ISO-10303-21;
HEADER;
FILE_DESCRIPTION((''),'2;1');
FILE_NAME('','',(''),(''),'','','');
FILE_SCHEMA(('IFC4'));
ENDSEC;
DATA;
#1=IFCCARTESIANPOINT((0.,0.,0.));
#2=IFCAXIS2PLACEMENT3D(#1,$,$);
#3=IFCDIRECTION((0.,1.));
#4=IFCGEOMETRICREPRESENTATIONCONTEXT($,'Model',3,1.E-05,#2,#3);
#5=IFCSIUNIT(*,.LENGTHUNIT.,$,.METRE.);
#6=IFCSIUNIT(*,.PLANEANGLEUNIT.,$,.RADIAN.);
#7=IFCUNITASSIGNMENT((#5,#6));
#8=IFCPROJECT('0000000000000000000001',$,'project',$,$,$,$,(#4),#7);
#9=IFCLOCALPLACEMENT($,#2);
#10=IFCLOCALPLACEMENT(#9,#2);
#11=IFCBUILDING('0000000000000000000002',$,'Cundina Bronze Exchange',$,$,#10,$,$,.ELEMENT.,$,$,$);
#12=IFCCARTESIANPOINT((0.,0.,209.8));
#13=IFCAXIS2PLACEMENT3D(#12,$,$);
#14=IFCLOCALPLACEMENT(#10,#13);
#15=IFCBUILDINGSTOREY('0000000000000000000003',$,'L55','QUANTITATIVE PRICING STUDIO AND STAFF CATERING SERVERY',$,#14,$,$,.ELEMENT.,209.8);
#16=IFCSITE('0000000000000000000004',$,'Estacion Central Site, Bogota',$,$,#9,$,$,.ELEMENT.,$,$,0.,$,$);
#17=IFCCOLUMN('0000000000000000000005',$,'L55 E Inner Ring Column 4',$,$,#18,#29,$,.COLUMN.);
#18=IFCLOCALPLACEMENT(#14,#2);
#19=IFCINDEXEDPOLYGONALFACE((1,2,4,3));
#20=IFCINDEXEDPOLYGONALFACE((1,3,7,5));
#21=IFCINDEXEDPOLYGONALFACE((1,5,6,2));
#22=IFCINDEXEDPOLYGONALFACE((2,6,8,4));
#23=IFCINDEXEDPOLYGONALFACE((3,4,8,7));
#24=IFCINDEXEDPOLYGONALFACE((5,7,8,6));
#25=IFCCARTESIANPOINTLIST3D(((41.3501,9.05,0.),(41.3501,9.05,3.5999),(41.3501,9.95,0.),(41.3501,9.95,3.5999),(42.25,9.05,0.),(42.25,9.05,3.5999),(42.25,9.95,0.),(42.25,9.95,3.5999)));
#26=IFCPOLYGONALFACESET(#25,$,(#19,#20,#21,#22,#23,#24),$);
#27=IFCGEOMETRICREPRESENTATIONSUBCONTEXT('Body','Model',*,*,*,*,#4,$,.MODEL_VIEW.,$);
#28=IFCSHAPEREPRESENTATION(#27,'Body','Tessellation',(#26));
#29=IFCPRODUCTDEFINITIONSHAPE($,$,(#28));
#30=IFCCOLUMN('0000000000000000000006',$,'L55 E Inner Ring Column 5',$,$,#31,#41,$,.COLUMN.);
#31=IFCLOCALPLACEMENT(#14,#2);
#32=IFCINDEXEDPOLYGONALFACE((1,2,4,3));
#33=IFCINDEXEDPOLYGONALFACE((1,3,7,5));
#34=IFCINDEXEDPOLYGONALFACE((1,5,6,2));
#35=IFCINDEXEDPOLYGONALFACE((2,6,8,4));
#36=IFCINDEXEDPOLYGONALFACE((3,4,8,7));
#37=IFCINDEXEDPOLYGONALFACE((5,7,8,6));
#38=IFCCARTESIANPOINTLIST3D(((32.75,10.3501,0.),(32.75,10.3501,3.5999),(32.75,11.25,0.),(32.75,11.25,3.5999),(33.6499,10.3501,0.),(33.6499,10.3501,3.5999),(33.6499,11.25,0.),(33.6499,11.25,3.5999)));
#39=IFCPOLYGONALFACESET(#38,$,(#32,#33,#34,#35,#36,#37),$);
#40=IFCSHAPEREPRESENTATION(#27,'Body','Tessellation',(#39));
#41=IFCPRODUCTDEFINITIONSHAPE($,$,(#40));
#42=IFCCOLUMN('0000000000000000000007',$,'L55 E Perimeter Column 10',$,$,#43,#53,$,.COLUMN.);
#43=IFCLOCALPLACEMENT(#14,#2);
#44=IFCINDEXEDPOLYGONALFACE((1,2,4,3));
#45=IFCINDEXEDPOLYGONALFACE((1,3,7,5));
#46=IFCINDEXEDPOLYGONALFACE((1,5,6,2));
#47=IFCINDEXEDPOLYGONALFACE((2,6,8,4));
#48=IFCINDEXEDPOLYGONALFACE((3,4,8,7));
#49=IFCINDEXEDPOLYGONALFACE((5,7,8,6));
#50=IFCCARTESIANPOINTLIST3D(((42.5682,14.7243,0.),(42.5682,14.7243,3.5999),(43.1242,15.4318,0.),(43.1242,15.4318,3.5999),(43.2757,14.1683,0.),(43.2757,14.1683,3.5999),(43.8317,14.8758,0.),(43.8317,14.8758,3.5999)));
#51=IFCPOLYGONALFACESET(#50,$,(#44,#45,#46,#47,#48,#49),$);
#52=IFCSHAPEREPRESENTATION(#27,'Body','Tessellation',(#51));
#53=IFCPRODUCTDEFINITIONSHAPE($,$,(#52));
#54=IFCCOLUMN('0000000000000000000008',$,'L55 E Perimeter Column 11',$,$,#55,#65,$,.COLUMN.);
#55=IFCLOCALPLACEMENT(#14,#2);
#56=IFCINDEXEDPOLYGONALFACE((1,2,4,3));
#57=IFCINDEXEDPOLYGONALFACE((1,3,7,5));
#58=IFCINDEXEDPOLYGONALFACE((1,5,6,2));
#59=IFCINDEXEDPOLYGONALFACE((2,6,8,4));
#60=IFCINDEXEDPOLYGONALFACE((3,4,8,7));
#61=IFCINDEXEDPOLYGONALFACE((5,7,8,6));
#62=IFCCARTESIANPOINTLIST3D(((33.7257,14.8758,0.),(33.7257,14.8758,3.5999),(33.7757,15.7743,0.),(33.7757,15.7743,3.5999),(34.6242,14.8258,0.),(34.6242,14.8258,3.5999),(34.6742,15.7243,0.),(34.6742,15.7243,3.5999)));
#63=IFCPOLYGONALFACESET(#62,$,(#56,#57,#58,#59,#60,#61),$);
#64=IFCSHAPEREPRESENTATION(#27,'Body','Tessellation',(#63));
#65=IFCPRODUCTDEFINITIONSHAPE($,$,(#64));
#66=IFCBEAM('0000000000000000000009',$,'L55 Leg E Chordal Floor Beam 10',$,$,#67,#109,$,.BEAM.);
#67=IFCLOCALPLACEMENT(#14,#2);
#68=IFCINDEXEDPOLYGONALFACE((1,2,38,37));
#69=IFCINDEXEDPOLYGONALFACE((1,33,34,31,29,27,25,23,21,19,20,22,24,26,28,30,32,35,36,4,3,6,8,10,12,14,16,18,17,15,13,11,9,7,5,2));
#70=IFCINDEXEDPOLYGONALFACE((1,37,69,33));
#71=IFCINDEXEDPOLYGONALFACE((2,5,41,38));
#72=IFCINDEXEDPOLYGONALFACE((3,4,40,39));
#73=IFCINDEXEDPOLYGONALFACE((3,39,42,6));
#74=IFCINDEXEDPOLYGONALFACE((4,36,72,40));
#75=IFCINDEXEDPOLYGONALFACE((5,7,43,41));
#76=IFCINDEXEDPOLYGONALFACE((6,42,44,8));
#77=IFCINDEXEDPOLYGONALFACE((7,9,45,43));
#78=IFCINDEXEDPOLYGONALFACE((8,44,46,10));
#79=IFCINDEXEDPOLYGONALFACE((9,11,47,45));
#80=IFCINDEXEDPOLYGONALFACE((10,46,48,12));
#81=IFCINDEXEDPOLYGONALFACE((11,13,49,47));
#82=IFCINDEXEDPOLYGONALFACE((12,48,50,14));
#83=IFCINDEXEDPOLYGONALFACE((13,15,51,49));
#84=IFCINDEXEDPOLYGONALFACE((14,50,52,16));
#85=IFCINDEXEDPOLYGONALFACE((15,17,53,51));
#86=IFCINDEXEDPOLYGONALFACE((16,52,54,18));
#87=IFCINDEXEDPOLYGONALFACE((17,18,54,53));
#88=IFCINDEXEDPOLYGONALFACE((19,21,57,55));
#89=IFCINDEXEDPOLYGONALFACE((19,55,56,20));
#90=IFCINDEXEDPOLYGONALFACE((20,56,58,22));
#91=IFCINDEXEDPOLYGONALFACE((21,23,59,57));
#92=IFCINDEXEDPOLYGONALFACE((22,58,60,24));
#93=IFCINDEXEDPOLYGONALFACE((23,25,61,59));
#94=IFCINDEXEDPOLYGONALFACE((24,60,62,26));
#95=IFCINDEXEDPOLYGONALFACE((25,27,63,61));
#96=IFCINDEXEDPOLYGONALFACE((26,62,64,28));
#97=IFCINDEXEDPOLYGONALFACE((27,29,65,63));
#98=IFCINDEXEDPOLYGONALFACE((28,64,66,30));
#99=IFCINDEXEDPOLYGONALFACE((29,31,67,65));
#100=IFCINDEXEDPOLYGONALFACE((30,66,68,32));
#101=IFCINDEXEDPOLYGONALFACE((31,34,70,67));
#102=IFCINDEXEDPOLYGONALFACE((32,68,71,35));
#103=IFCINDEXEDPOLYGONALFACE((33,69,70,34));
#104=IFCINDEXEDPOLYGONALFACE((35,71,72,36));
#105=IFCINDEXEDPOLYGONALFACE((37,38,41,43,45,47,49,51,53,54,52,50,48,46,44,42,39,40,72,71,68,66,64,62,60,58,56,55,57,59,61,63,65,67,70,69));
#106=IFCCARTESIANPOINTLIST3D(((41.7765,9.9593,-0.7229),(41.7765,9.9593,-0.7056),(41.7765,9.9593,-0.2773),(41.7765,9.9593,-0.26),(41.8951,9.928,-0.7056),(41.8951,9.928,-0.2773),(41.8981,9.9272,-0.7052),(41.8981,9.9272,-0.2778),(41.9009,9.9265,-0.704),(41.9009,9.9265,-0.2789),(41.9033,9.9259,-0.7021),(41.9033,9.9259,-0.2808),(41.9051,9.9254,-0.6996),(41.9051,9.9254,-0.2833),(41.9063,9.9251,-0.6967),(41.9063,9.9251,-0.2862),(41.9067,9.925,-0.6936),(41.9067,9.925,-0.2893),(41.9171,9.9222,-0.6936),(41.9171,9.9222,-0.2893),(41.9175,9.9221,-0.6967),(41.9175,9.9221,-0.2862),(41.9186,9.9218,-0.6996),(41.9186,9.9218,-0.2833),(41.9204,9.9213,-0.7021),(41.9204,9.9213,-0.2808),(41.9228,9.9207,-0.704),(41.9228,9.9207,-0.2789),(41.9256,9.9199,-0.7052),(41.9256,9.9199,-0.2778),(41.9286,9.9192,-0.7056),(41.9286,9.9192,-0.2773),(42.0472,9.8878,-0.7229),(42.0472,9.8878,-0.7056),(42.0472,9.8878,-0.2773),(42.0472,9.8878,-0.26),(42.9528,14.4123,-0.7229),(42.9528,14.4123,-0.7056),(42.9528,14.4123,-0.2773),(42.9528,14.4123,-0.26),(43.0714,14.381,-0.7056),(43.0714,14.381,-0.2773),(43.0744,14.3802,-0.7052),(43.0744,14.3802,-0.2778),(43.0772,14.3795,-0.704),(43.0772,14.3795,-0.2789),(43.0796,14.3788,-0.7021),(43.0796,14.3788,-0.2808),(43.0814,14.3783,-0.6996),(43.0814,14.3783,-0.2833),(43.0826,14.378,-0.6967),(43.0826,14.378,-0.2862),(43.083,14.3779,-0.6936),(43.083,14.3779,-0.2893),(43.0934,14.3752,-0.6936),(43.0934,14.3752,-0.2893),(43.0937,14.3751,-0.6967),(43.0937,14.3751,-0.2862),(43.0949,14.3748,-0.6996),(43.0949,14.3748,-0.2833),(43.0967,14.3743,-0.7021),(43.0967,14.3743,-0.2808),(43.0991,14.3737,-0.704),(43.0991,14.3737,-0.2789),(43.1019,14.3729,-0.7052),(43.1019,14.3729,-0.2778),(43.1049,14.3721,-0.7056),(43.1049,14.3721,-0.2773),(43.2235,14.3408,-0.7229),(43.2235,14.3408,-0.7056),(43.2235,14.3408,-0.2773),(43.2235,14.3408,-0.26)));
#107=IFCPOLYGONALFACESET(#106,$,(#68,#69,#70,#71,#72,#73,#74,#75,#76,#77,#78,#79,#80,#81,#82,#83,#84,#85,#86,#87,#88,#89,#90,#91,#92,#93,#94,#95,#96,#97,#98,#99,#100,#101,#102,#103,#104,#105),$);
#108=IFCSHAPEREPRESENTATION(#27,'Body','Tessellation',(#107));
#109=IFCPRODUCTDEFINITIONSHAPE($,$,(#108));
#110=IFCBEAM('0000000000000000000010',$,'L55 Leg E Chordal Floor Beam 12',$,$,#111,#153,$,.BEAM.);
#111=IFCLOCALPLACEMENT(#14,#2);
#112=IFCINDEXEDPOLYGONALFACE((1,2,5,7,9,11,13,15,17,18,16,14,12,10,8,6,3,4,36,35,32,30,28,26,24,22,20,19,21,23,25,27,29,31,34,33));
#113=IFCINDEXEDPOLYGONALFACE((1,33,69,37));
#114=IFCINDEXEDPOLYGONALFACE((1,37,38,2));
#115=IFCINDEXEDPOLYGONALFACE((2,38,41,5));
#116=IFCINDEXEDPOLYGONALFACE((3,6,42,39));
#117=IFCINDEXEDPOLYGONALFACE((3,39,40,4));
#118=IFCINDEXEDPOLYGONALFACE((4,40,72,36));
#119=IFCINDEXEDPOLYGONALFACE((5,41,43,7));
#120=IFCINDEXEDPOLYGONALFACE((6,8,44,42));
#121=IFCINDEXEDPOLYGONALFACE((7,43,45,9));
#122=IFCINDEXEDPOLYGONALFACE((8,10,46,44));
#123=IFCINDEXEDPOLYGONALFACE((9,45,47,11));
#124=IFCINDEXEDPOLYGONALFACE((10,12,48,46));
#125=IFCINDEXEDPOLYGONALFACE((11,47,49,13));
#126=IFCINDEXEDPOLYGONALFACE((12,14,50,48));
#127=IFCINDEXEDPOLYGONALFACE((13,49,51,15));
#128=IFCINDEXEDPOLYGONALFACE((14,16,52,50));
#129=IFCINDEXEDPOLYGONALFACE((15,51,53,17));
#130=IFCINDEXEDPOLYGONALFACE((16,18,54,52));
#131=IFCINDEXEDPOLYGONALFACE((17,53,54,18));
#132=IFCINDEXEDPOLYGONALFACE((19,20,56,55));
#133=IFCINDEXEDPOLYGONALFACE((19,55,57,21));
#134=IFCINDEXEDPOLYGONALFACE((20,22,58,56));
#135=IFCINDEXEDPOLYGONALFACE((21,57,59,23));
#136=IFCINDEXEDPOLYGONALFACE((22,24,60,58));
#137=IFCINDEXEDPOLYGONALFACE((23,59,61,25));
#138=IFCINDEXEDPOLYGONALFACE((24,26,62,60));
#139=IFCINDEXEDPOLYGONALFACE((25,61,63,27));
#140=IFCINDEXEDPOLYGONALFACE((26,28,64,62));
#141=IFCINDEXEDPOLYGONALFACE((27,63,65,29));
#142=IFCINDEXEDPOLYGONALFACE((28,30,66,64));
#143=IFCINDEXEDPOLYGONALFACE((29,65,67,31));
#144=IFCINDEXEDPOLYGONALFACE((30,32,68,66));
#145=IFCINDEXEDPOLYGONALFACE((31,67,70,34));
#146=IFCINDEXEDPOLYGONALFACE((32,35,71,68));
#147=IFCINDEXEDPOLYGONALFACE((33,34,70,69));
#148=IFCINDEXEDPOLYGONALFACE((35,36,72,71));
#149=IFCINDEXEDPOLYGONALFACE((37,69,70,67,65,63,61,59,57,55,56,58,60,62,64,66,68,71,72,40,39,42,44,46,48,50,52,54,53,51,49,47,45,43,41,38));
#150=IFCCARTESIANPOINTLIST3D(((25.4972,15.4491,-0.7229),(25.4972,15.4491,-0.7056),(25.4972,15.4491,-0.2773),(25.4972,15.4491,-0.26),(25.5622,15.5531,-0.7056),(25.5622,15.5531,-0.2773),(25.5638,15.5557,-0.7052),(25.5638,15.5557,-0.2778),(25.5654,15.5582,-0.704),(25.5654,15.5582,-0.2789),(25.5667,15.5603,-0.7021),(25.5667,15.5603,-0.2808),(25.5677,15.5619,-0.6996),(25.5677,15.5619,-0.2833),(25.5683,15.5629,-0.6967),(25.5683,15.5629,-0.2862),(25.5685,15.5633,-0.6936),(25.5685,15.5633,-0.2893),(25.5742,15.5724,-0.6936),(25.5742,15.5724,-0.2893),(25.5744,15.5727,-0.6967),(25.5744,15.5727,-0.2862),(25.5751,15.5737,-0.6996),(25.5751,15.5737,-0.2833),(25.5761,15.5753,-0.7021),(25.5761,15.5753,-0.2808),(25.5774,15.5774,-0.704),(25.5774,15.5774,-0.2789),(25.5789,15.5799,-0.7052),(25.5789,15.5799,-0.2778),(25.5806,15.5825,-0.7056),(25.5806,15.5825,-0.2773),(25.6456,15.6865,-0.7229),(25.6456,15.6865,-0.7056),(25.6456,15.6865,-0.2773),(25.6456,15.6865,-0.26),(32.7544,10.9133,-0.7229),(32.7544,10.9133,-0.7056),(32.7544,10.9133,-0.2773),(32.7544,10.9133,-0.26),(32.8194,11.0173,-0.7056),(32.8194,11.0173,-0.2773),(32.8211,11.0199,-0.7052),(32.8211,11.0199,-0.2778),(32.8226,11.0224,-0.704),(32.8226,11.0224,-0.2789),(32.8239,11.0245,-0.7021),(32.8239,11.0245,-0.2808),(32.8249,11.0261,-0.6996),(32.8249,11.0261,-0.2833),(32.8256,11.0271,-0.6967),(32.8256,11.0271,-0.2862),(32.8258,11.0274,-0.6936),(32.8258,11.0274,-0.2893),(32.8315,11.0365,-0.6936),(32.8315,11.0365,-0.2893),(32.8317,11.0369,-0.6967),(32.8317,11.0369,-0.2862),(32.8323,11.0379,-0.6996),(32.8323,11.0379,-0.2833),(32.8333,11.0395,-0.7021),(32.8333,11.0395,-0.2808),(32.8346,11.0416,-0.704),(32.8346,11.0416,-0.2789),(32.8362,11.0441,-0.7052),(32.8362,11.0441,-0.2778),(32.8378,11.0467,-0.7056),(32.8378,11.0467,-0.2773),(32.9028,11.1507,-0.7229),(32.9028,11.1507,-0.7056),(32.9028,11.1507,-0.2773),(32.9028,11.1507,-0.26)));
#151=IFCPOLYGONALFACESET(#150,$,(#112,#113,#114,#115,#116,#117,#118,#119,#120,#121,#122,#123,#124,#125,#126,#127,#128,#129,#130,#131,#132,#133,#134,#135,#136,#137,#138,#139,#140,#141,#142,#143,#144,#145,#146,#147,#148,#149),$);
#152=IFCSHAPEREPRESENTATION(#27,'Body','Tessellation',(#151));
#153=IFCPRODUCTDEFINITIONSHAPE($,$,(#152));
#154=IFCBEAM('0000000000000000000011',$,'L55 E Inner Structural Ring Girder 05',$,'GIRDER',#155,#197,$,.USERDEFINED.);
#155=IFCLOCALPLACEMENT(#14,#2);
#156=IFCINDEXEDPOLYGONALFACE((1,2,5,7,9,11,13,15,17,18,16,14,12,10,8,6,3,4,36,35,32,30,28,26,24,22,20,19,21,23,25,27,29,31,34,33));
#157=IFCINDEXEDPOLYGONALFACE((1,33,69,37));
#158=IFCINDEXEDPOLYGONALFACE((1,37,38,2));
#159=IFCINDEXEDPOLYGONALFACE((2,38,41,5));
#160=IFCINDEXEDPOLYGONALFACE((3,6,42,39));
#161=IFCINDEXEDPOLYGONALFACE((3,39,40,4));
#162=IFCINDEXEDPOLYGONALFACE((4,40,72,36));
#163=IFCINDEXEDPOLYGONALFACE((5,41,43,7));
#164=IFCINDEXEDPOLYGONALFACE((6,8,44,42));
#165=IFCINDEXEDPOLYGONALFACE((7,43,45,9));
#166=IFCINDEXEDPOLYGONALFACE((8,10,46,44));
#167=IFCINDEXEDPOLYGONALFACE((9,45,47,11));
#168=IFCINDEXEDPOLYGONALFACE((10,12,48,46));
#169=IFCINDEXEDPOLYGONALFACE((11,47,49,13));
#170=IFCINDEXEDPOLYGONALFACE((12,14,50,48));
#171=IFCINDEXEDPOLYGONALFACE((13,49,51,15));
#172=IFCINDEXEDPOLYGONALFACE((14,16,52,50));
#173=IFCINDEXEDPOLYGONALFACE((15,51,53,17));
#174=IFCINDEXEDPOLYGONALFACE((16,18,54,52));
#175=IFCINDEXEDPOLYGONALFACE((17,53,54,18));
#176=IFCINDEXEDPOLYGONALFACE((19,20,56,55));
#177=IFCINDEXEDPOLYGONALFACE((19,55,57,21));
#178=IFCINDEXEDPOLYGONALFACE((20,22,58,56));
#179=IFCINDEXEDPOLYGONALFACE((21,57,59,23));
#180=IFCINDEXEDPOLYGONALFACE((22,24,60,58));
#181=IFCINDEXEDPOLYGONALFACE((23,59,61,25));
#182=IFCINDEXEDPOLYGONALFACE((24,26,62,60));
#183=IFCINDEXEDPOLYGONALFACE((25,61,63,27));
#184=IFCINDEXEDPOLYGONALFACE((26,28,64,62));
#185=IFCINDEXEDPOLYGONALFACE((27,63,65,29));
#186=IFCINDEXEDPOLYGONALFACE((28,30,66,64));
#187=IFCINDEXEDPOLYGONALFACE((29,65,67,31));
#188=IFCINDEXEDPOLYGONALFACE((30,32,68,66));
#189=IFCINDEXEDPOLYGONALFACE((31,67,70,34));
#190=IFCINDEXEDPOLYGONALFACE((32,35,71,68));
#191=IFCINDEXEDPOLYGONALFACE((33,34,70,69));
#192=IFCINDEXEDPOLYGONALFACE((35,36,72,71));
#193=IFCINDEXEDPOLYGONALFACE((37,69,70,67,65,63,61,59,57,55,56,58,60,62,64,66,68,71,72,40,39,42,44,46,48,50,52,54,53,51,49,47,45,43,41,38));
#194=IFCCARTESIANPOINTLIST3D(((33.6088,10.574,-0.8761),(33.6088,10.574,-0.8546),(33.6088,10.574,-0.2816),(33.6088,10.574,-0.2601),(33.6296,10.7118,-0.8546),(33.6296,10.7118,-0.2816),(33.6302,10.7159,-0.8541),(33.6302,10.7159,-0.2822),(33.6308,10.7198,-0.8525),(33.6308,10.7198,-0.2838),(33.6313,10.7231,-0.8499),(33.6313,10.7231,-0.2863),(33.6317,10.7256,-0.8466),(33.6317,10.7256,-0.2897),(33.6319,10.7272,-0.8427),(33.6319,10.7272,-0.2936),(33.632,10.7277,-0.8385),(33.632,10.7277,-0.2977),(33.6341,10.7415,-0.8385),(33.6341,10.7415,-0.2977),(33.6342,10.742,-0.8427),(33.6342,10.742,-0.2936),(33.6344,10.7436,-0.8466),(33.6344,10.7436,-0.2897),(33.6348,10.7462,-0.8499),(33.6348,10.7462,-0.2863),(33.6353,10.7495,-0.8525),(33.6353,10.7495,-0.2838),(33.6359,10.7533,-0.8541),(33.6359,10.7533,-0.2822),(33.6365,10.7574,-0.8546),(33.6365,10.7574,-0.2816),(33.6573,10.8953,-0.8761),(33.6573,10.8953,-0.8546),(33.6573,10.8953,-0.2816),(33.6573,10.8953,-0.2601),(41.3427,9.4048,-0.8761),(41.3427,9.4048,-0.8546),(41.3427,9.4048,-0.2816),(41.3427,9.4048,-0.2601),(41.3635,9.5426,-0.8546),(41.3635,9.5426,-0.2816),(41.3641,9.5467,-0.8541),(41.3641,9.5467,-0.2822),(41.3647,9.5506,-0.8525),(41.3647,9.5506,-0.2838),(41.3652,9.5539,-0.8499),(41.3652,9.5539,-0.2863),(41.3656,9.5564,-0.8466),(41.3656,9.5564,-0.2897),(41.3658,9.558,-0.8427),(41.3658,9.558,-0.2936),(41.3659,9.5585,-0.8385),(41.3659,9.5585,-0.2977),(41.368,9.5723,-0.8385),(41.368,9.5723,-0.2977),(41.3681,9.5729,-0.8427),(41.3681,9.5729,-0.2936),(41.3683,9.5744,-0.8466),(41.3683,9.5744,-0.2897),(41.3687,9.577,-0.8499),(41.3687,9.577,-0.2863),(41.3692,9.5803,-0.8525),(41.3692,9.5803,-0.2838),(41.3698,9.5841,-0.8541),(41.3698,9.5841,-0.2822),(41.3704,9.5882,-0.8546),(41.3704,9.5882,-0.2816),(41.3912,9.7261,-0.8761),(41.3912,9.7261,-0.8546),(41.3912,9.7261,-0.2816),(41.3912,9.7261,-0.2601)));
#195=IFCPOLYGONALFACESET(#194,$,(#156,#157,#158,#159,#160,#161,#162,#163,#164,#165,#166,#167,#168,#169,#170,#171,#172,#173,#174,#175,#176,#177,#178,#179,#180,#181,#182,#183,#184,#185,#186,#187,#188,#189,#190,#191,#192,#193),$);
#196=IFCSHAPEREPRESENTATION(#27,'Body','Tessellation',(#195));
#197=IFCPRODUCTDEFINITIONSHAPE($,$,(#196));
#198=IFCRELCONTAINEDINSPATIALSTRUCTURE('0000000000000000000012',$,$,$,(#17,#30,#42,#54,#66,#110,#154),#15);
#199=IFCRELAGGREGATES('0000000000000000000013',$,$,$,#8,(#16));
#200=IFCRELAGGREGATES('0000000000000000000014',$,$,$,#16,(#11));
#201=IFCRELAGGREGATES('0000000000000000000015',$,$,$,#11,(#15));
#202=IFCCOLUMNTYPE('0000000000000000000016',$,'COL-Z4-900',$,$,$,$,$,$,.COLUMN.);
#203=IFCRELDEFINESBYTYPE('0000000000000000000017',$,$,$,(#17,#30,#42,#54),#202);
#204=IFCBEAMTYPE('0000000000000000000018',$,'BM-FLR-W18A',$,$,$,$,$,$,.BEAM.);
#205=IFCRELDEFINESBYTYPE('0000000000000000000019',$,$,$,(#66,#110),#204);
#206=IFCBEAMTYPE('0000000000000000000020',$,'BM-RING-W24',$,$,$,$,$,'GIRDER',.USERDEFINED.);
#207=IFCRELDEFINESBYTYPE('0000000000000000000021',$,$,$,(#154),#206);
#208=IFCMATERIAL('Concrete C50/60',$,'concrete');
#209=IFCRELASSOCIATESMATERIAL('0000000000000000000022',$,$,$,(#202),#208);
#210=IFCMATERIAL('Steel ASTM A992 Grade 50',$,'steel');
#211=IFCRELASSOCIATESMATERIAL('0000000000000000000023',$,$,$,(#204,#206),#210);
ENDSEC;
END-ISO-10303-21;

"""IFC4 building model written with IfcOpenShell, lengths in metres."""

from ifc_helpers import new_model, si_unit, direction, frame, origin, origin_2d, place, context, subcontext, project, spatial, rectangle, i_section, extrude, material, material_profile, profile_set, type_object, element, save


model = new_model("IFC4")

# Units and contexts
model_context = context("Model", 3, precision=1e-05, world=origin(), true_north=direction((0.0, 1.0)))
body_context = subcontext(model_context, "Body", "Model", "MODEL_VIEW")
ifc_project = project(units=[si_unit("LENGTHUNIT", "METRE"), si_unit("PLANEANGLEUNIT", "RADIAN")], contexts=[model_context])

# Site, building, storey
site_placement = place(None, origin())
site = spatial("IfcSite", under=ifc_project, at=site_placement, Name="Estacion Central Site, Bogota", CompositionType="ELEMENT", RefElevation=0.0)
building_placement = place(site_placement, origin())
building = spatial("IfcBuilding", under=site, at=building_placement, Name="Cundina Bronze Exchange", CompositionType="ELEMENT")
storey_placement = place(building_placement, frame((0.0, 0.0, 209.8)))
storey = spatial("IfcBuildingStorey", under=building, at=storey_placement, Name="L55", Description="QUANTITATIVE PRICING STUDIO AND STAFF CATERING SERVERY", CompositionType="ELEMENT", Elevation=209.8)

# Columns
ifc_material_1 = material(Name="Concrete C50/60", Category="concrete")
ifc_material_profile_1 = material_profile(ifc_material_1, rectangle(XDim=0.8999, YDim=0.8999, at=origin_2d()), Name="RC900X900", Category="concrete")
ifc_profile_set_1 = profile_set([ifc_material_profile_1], Name="Concrete C50/60")
column_type = type_object("IfcColumnType", Name="COL-Z4-900", PredefinedType="COLUMN", material=ifc_profile_set_1)
for number, where, z_axis, x_axis, name in (
    (1, (41.8, 9.5, 0.0), (0.0, 0.0, 1.0), (1.0, 0.0, 0.0), "L55 E Inner Ring Column 4"),
    (2, (33.2, 10.8, 0.0), (0.0, 0.0, 1.0), (1.0, 0.0, 0.0), "L55 E Inner Ring Column 5"),
    (3, (43.2, 14.8, 0.0), (0.0, 0.0, 1.0), (-0.786288, 0.61786, 0.0), "L55 E Perimeter Column 10"),
    (4, (34.2, 15.3, 0.0), (0.0, 0.0, 1.0), (-0.99846, 0.055473, 0.0), "L55 E Perimeter Column 11"),
):
    element("IfcColumn", number, at=place(storey_placement, frame(where, z_axis=z_axis, x_axis=x_axis)), inside=storey, type_object=column_type, Name=name, PredefinedType="COLUMN", context=body_context, shape_type="SweptSolid", body=[
        extrude(rectangle(XDim=0.8999, YDim=0.8999, at=origin_2d()), origin(), (0.0, 0.0, 1.0), 3.5999),
    ])

# Beams
ifc_material_2 = material(Name="Steel ASTM A992 Grade 50", Category="steel")
ifc_material_profile_2 = material_profile(ifc_material_2, i_section(OverallWidth=0.28, OverallDepth=0.4629, WebThickness=0.0107, FlangeThickness=0.0173, FilletRadius=0.012, at=origin_2d()), Name="W18X76", Category="steel")
ifc_profile_set_2 = profile_set([ifc_material_profile_2], Name="Steel ASTM A992 Grade 50")
beam_type_1 = type_object("IfcBeamType", Name="BM-FLR-W18A", PredefinedType="BEAM", material=ifc_profile_set_2)
beam_1_placement = place(storey_placement, frame((41.9119, 9.9236, -0.4915), z_axis=(0.255399, 0.966836, 0.0), x_axis=(-0.966836, 0.255399, 0.0)))
element("IfcBeam", 5, at=beam_1_placement, inside=storey, type_object=beam_type_1, Name="L55 Leg E Chordal Floor Beam 10", PredefinedType="BEAM", context=body_context, shape_type="SweptSolid", body=[
    extrude(i_section(OverallWidth=0.28, OverallDepth=0.4629, WebThickness=0.0107, FlangeThickness=0.0173, FilletRadius=0.012, at=origin_2d()), origin(), (0.0, 0.0, 1.0), 4.6057),
])
beam_2_placement = place(storey_placement, frame((32.8286, 11.032, -0.4915), z_axis=(-0.847995, 0.530004, 0.0), x_axis=(-0.530004, -0.847995, 0.0)))
element("IfcBeam", 6, at=beam_2_placement, inside=storey, type_object=beam_type_1, Name="L55 Leg E Chordal Floor Beam 12", PredefinedType="BEAM", context=body_context, shape_type="SweptSolid", body=[
    extrude(i_section(OverallWidth=0.28, OverallDepth=0.4629, WebThickness=0.0107, FlangeThickness=0.0173, FilletRadius=0.012, at=origin_2d()), origin(), (0.0, 0.0, 1.0), 8.5581),
])
ifc_material_profile_3 = material_profile(ifc_material_2, i_section(OverallWidth=0.325, OverallDepth=0.616, WebThickness=0.0139, FlangeThickness=0.0215, FilletRadius=0.0161, at=origin_2d()), Name="W24X117", Category="steel")
ifc_profile_set_3 = profile_set([ifc_material_profile_3], Name="Steel ASTM A992 Grade 50")
beam_type_2 = type_object("IfcBeamType", Name="BM-RING-W24", ElementType="GIRDER", PredefinedType="USERDEFINED", material=ifc_profile_set_3)
beam_3_placement = place(storey_placement, frame((41.3669, 9.5654, -0.5681), z_axis=(-0.988765, 0.149479, 0.0), x_axis=(-0.149479, -0.988765, 0.0)))
element("IfcBeam", 7, at=beam_3_placement, inside=storey, type_object=beam_type_2, Name="L55 E Inner Structural Ring Girder 05", ObjectType="GIRDER", PredefinedType="USERDEFINED", context=body_context, shape_type="SweptSolid", body=[
    extrude(i_section(OverallWidth=0.325, OverallDepth=0.616, WebThickness=0.0139, FlangeThickness=0.0215, FilletRadius=0.0161, at=origin_2d()), origin(), (0.0, 0.0, 1.0), 7.8218),
])

save(model, "model.ifc")
